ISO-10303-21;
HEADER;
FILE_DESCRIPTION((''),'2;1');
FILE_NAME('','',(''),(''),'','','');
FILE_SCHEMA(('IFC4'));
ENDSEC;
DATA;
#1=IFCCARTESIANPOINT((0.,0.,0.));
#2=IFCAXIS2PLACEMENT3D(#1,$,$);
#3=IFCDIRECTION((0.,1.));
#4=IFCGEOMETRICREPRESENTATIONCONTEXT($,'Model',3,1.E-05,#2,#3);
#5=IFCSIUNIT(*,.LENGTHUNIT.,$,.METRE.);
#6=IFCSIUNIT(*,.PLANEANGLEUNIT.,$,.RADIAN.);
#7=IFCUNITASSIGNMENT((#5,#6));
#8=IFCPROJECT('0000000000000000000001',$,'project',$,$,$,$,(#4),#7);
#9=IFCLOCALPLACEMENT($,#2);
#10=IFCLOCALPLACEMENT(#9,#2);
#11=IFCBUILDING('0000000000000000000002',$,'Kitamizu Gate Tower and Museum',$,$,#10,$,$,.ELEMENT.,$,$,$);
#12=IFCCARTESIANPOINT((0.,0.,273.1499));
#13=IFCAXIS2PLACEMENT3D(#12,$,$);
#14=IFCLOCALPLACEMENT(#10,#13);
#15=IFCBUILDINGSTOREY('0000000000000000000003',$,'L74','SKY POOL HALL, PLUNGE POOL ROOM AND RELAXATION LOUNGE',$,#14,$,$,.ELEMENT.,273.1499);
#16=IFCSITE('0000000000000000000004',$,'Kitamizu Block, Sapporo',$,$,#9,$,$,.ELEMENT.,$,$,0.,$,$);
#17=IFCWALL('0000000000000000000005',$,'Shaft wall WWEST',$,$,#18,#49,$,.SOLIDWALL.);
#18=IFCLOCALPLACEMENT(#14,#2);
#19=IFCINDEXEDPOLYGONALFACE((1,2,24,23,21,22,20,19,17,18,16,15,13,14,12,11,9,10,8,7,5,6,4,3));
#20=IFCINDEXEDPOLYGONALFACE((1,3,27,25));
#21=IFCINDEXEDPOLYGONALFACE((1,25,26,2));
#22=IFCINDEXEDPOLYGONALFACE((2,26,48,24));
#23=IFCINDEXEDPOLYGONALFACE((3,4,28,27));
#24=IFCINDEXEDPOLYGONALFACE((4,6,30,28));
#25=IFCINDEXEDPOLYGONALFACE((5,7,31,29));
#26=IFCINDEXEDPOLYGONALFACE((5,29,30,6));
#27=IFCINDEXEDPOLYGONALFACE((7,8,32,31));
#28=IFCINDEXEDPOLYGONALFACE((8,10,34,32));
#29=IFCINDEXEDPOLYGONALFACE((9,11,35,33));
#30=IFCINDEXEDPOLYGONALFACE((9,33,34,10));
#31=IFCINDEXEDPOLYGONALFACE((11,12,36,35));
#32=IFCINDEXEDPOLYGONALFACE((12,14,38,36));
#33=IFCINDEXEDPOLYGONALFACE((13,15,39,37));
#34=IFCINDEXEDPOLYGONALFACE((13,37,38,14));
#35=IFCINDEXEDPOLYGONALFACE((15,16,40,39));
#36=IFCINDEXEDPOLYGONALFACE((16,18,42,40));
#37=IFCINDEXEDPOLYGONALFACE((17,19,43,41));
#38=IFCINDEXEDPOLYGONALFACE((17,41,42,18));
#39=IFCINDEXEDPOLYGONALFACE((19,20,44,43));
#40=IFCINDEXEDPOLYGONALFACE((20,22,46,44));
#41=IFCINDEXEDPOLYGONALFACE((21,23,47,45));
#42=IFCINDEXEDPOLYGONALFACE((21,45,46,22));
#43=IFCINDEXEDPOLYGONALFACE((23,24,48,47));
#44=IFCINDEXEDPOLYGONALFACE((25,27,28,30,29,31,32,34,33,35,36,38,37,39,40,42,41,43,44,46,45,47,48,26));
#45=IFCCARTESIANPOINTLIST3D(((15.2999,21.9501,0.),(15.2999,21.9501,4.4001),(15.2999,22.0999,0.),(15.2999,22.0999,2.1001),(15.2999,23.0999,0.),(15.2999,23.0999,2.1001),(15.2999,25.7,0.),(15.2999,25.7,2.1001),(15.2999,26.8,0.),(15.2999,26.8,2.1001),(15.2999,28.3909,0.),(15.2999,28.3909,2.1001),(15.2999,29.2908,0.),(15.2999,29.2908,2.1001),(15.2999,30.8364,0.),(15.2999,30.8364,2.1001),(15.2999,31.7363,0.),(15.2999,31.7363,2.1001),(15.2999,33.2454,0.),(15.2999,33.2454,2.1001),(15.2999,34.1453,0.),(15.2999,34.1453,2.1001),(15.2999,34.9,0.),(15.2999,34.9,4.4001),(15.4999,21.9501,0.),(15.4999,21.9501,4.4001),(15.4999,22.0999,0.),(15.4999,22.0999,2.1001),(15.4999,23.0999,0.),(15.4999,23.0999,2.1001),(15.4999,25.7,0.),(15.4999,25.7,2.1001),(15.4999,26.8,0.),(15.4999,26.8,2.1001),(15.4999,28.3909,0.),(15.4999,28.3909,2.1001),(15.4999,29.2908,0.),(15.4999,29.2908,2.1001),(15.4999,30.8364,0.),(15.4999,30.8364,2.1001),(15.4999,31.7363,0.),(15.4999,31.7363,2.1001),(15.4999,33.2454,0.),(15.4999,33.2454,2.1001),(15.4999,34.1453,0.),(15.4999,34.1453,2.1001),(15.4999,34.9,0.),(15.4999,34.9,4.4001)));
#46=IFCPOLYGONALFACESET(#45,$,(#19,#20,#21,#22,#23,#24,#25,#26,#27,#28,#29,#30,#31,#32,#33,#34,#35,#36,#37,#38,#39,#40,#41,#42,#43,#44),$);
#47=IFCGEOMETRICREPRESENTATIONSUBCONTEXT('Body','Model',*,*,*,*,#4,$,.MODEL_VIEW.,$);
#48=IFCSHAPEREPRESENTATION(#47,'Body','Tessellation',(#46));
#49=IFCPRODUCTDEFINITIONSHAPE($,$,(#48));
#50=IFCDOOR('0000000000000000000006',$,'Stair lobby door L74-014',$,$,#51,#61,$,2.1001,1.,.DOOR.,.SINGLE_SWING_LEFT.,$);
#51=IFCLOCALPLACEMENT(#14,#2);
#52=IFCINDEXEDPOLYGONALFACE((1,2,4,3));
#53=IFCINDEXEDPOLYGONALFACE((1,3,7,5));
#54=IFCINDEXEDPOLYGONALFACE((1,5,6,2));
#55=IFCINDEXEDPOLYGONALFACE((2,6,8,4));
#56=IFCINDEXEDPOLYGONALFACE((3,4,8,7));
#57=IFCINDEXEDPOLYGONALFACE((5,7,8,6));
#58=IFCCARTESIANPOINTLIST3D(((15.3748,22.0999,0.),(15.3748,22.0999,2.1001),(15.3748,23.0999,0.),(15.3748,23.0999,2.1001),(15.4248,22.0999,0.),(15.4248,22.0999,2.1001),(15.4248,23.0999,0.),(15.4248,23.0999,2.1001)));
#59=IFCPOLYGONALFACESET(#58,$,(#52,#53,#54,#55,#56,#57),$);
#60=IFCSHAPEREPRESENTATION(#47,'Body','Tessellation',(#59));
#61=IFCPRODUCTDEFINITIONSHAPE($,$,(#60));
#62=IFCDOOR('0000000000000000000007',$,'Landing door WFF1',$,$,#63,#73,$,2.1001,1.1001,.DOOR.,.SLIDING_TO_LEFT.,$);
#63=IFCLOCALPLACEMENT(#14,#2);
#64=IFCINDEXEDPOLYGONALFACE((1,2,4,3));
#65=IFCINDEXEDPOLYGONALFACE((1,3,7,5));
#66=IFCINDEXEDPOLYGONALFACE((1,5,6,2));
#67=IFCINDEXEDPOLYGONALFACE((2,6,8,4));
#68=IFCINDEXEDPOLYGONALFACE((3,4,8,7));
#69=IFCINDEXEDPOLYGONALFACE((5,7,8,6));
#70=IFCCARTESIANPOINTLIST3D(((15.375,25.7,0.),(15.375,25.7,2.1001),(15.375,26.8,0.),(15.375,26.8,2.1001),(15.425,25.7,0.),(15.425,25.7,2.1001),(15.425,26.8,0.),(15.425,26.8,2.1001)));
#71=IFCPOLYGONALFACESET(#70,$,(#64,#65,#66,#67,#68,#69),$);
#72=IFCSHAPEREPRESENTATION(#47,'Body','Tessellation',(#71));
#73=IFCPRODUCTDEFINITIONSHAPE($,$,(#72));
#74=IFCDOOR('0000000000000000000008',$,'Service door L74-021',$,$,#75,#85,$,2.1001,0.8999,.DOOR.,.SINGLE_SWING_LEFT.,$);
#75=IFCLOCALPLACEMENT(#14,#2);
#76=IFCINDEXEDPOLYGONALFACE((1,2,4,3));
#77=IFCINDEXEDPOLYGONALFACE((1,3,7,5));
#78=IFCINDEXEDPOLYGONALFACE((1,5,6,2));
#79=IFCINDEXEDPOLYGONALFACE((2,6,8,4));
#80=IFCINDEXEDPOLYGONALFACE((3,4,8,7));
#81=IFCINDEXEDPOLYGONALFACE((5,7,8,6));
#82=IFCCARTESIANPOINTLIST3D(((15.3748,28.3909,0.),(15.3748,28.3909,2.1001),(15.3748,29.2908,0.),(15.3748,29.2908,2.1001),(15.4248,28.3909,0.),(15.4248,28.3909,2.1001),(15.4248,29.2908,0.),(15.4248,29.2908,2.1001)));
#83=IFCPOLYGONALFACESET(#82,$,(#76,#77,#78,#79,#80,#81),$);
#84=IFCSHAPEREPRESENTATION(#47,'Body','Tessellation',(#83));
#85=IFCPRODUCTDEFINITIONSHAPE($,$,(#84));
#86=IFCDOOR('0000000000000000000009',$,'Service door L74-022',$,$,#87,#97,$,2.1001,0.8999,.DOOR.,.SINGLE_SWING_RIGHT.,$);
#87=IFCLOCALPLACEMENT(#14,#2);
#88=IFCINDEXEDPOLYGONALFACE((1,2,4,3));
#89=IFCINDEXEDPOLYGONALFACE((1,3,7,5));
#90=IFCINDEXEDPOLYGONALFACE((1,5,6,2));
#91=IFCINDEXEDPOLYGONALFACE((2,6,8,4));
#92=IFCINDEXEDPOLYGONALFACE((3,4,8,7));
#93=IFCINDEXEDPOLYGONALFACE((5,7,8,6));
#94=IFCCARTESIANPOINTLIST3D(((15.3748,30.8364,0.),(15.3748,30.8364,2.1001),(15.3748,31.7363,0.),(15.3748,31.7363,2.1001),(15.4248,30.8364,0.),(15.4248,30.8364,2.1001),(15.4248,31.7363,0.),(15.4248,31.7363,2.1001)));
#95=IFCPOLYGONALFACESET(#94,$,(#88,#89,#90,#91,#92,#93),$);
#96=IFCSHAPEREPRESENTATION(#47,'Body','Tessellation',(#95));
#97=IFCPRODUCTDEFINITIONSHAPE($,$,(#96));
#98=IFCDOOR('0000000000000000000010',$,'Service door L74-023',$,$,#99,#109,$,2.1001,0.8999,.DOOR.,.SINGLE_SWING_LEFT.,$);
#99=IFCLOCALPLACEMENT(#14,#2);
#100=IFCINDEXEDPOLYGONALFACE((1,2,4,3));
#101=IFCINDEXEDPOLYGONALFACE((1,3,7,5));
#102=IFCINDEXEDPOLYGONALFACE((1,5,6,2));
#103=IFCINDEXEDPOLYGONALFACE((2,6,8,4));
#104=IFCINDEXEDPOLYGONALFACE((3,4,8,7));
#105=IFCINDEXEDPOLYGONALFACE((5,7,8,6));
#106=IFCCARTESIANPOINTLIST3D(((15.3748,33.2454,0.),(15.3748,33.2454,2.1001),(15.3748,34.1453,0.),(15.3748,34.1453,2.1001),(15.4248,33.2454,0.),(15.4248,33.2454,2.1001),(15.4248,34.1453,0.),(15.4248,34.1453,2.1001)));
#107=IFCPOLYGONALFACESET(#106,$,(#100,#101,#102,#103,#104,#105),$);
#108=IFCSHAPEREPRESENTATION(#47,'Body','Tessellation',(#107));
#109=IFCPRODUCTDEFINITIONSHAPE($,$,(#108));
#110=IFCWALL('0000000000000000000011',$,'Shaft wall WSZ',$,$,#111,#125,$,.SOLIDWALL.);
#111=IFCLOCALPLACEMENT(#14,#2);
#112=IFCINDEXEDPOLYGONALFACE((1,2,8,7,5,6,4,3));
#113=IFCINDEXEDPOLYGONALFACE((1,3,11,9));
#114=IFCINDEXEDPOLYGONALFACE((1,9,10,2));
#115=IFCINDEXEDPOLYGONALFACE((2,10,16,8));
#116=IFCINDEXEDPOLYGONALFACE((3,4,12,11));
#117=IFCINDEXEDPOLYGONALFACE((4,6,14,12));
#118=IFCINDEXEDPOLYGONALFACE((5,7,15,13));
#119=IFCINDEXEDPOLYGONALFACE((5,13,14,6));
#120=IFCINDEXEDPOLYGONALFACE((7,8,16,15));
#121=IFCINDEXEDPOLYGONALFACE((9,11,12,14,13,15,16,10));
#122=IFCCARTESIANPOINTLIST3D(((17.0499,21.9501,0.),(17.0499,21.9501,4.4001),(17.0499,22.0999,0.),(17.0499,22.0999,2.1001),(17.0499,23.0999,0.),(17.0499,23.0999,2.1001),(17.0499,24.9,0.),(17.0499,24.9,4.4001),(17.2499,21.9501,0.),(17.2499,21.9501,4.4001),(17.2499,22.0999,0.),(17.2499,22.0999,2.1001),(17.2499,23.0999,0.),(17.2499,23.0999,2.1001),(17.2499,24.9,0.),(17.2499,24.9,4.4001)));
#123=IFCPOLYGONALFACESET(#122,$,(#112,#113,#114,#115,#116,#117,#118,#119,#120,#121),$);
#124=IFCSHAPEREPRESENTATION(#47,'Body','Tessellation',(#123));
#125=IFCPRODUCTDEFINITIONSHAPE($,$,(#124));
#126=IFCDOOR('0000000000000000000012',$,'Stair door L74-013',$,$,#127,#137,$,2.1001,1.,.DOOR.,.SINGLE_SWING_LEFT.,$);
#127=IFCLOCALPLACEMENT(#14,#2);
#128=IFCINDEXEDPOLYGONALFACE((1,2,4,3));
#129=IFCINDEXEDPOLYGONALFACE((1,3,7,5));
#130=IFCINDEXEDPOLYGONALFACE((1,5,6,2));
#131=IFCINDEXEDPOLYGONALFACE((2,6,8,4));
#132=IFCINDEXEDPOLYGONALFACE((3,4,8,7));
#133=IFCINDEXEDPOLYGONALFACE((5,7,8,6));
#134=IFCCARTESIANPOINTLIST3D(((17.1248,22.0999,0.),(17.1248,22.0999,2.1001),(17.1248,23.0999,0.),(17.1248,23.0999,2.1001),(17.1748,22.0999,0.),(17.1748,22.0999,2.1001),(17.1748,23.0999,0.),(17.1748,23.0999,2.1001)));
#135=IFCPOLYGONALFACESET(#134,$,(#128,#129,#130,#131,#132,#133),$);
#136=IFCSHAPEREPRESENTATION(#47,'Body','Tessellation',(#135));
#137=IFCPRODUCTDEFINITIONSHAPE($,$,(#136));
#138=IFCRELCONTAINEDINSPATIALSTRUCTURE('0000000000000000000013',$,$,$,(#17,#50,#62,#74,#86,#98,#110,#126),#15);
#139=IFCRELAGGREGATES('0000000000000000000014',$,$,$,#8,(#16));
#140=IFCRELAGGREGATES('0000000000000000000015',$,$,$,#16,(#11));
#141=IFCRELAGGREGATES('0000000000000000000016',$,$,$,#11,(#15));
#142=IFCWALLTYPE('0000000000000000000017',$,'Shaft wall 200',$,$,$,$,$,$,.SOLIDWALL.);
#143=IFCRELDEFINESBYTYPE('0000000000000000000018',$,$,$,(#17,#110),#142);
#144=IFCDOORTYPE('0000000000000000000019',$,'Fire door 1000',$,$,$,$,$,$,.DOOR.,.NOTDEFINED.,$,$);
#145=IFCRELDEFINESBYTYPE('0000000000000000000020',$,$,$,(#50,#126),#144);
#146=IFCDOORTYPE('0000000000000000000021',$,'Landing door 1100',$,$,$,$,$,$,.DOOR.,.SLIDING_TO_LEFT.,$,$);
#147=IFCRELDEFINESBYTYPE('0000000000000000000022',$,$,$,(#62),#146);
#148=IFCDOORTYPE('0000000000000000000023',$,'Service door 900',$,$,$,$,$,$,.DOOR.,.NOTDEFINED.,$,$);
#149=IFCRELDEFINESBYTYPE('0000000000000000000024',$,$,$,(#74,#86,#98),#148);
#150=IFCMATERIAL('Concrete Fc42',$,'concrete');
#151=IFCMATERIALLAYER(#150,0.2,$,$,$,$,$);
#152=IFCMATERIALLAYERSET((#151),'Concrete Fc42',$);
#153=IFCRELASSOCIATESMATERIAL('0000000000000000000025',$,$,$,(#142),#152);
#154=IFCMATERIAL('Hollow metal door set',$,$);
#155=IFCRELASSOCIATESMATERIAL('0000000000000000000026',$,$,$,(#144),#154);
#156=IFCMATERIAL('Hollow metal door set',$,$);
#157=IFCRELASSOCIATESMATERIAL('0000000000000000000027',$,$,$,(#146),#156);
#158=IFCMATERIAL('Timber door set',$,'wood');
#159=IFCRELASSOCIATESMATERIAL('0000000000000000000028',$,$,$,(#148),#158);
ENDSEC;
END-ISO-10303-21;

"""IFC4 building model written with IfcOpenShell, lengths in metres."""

from ifc_helpers import new_model, si_unit, direction, frame, frame_2d, origin, place, context, subcontext, project, spatial, rectangle, extrude, material, layer, layer_set, type_object, element, fill, save


model = new_model("IFC4")

# Units and contexts
model_context = context("Model", 3, precision=1e-05, world=origin(), true_north=direction((0.0, 1.0)))
body_context = subcontext(model_context, "Body", "Model", "MODEL_VIEW")
ifc_project = project(units=[si_unit("LENGTHUNIT", "METRE"), si_unit("PLANEANGLEUNIT", "RADIAN")], contexts=[model_context])

# Site, building, storey
site_placement = place(None, origin())
site = spatial("IfcSite", under=ifc_project, at=site_placement, Name="Kitamizu Block, Sapporo", CompositionType="ELEMENT", RefElevation=0.0)
building_placement = place(site_placement, origin())
building = spatial("IfcBuilding", under=site, at=building_placement, Name="Kitamizu Gate Tower and Museum", CompositionType="ELEMENT")
storey_placement = place(building_placement, frame((0.0, 0.0, 273.1499)))
storey = spatial("IfcBuildingStorey", under=building, at=storey_placement, Name="L74", Description="SKY POOL HALL, PLUNGE POOL ROOM AND RELAXATION LOUNGE", CompositionType="ELEMENT", Elevation=273.1499)

# Wall, openings, doors
ifc_material_1 = material(Name="Concrete Fc42", Category="concrete")
ifc_layer_1 = layer(ifc_material_1, 0.2)
ifc_layer_set_1 = layer_set([ifc_layer_1], Name="Concrete Fc42")
wall_type = type_object("IfcWallType", Name="Shaft wall 200", PredefinedType="SOLIDWALL", material=ifc_layer_set_1)
wall_1_placement = place(storey_placement, frame((15.3999, 21.95, 0.0), z_axis=(0.0, 0.0, 1.0), x_axis=(0.0, 1.0, 0.0)))
wall_1 = element("IfcWall", 1, at=wall_1_placement, inside=storey, type_object=wall_type, Name="Shaft wall WWEST", PredefinedType="SOLIDWALL", context=body_context, shape_type="SweptSolid", body=[
    extrude(rectangle(XDim=12.95, YDim=0.2, at=frame_2d((6.4751, 0.0))), origin(), (0.0, 0.0, 1.0), 4.4001),
])
opening_1_placement = place(wall_1_placement, frame((3.75, 0.0, 0.0)))
opening_1 = element("IfcOpeningElement", 2, at=opening_1_placement, cuts=wall_1, PredefinedType="OPENING", context=body_context, shape_type="SweptSolid", body=[
    extrude(rectangle(XDim=1.1001, YDim=2.1001, at=frame_2d((0.55, 1.05))), frame((0.0, 0.1099, 0.0), z_axis=(0.0, -1.0, 0.0), x_axis=(1.0, 0.0, 0.0)), (0.0, 0.0, 1.0), 0.22),
])
opening_2_placement = place(wall_1_placement, frame((0.1499, 0.0, 0.0)))
opening_2 = element("IfcOpeningElement", 3, at=opening_2_placement, cuts=wall_1, PredefinedType="OPENING", context=body_context, shape_type="SweptSolid", body=[
    extrude(rectangle(XDim=1.0, YDim=2.1001, at=frame_2d((0.5, 1.05))), frame((0.0, 0.1099, 0.0), z_axis=(0.0, -1.0, 0.0), x_axis=(1.0, 0.0, 0.0)), (0.0, 0.0, 1.0), 0.22),
])
opening_3_placement = place(wall_1_placement, frame((6.4409, 0.0, 0.0)))
opening_3 = element("IfcOpeningElement", 4, at=opening_3_placement, cuts=wall_1, PredefinedType="OPENING", context=body_context, shape_type="SweptSolid", body=[
    extrude(rectangle(XDim=0.8999, YDim=2.1001, at=frame_2d((0.45, 1.05))), frame((0.0, 0.1099, 0.0), z_axis=(0.0, -1.0, 0.0), x_axis=(1.0, 0.0, 0.0)), (0.0, 0.0, 1.0), 0.22),
])
opening_4_placement = place(wall_1_placement, frame((8.8865, 0.0, 0.0)))
opening_4 = element("IfcOpeningElement", 5, at=opening_4_placement, cuts=wall_1, PredefinedType="OPENING", context=body_context, shape_type="SweptSolid", body=[
    extrude(rectangle(XDim=0.8999, YDim=2.1001, at=frame_2d((0.45, 1.05))), frame((0.0, 0.1099, 0.0), z_axis=(0.0, -1.0, 0.0), x_axis=(1.0, 0.0, 0.0)), (0.0, 0.0, 1.0), 0.22),
])
opening_5_placement = place(wall_1_placement, frame((11.2954, 0.0, 0.0)))
opening_5 = element("IfcOpeningElement", 6, at=opening_5_placement, cuts=wall_1, PredefinedType="OPENING", context=body_context, shape_type="SweptSolid", body=[
    extrude(rectangle(XDim=0.8999, YDim=2.1001, at=frame_2d((0.45, 1.05))), frame((0.0, 0.1099, 0.0), z_axis=(0.0, -1.0, 0.0), x_axis=(1.0, 0.0, 0.0)), (0.0, 0.0, 1.0), 0.22),
])
ifc_material_2 = material(Name="Hollow metal door set")
door_type_1 = type_object("IfcDoorType", Name="Fire door 1000", OperationType="NOTDEFINED", PredefinedType="DOOR", material=ifc_material_2)
door_1_placement = place(opening_2_placement, frame((1.0, 0.0, 0.0), x_axis=(-1.0, 0.0, 0.0)))
door_1 = element("IfcDoor", 7, at=door_1_placement, inside=storey, type_object=door_type_1, Name="Stair lobby door L74-014", OperationType="SINGLE_SWING_LEFT", OverallHeight=2.1001, OverallWidth=1.0, PredefinedType="DOOR", context=body_context, shape_type="SweptSolid", body=[
    extrude(rectangle(XDim=1.0, YDim=2.1001, at=frame_2d((0.5, 1.05))), frame((0.0, 0.0249, 0.0), z_axis=(0.0, -1.0, 0.0), x_axis=(1.0, 0.0, 0.0)), (0.0, 0.0, 1.0), 0.05),
])
fill(opening_2, door_1)
ifc_material_3 = material(Name="Hollow metal door set")
door_type_2 = type_object("IfcDoorType", Name="Landing door 1100", OperationType="SLIDING_TO_LEFT", PredefinedType="DOOR", material=ifc_material_3)
door_2_placement = place(opening_1_placement, origin())
door_2 = element("IfcDoor", 8, at=door_2_placement, inside=storey, type_object=door_type_2, Name="Landing door WFF1", OperationType="SLIDING_TO_LEFT", OverallHeight=2.1001, OverallWidth=1.1001, PredefinedType="DOOR", context=body_context, shape_type="SweptSolid", body=[
    extrude(rectangle(XDim=1.1001, YDim=2.1001, at=frame_2d((0.55, 1.05))), frame((0.0, 0.0249, 0.0), z_axis=(0.0, -1.0, 0.0), x_axis=(1.0, 0.0, 0.0)), (0.0, 0.0, 1.0), 0.05),
])
fill(opening_1, door_2)
ifc_material_4 = material(Name="Timber door set", Category="wood")
door_type_3 = type_object("IfcDoorType", Name="Service door 900", OperationType="NOTDEFINED", PredefinedType="DOOR", material=ifc_material_4)
door_3_placement = place(opening_3_placement, frame((0.8999, 0.0, 0.0), x_axis=(-1.0, 0.0, 0.0)))
door_3 = element("IfcDoor", 9, at=door_3_placement, inside=storey, type_object=door_type_3, Name="Service door L74-021", OperationType="SINGLE_SWING_LEFT", OverallHeight=2.1001, OverallWidth=0.8999, PredefinedType="DOOR", context=body_context, shape_type="SweptSolid", body=[
    extrude(rectangle(XDim=0.8999, YDim=2.1001, at=frame_2d((0.45, 1.05))), frame((0.0, 0.0249, 0.0), z_axis=(0.0, -1.0, 0.0), x_axis=(1.0, 0.0, 0.0)), (0.0, 0.0, 1.0), 0.05),
])
fill(opening_3, door_3)
door_4_placement = place(opening_4_placement, frame((0.8999, 0.0, 0.0), x_axis=(-1.0, 0.0, 0.0)))
door_4 = element("IfcDoor", 10, at=door_4_placement, inside=storey, type_object=door_type_3, Name="Service door L74-022", OperationType="SINGLE_SWING_RIGHT", OverallHeight=2.1001, OverallWidth=0.8999, PredefinedType="DOOR", context=body_context, shape_type="SweptSolid", body=[
    extrude(rectangle(XDim=0.8999, YDim=2.1001, at=frame_2d((0.45, 1.05))), frame((0.0, 0.0249, 0.0), z_axis=(0.0, -1.0, 0.0), x_axis=(1.0, 0.0, 0.0)), (0.0, 0.0, 1.0), 0.05),
])
fill(opening_4, door_4)
door_5_placement = place(opening_5_placement, frame((0.8999, 0.0, 0.0), x_axis=(-1.0, 0.0, 0.0)))
door_5 = element("IfcDoor", 11, at=door_5_placement, inside=storey, type_object=door_type_3, Name="Service door L74-023", OperationType="SINGLE_SWING_LEFT", OverallHeight=2.1001, OverallWidth=0.8999, PredefinedType="DOOR", context=body_context, shape_type="SweptSolid", body=[
    extrude(rectangle(XDim=0.8999, YDim=2.1001, at=frame_2d((0.45, 1.05))), frame((0.0, 0.0249, 0.0), z_axis=(0.0, -1.0, 0.0), x_axis=(1.0, 0.0, 0.0)), (0.0, 0.0, 1.0), 0.05),
])
fill(opening_5, door_5)

# Wall, opening, door
wall_2_placement = place(storey_placement, frame((17.1499, 21.95, 0.0), z_axis=(0.0, 0.0, 1.0), x_axis=(0.0, 1.0, 0.0)))
wall_2 = element("IfcWall", 12, at=wall_2_placement, inside=storey, type_object=wall_type, Name="Shaft wall WSZ", PredefinedType="SOLIDWALL", context=body_context, shape_type="SweptSolid", body=[
    extrude(rectangle(XDim=2.95, YDim=0.2, at=frame_2d((1.4751, 0.0))), origin(), (0.0, 0.0, 1.0), 4.4001),
])
opening_6_placement = place(wall_2_placement, frame((0.1499, 0.0, 0.0)))
opening_6 = element("IfcOpeningElement", 13, at=opening_6_placement, cuts=wall_2, PredefinedType="OPENING", context=body_context, shape_type="SweptSolid", body=[
    extrude(rectangle(XDim=1.0, YDim=2.1001, at=frame_2d((0.5, 1.05))), frame((0.0, 0.1099, 0.0), z_axis=(0.0, -1.0, 0.0), x_axis=(1.0, 0.0, 0.0)), (0.0, 0.0, 1.0), 0.22),
])
door_6_placement = place(opening_6_placement, frame((1.0, 0.0, 0.0), x_axis=(-1.0, 0.0, 0.0)))
door_6 = element("IfcDoor", 14, at=door_6_placement, inside=storey, type_object=door_type_1, Name="Stair door L74-013", OperationType="SINGLE_SWING_LEFT", OverallHeight=2.1001, OverallWidth=1.0, PredefinedType="DOOR", context=body_context, shape_type="SweptSolid", body=[
    extrude(rectangle(XDim=1.0, YDim=2.1001, at=frame_2d((0.5, 1.05))), frame((0.0, 0.0249, 0.0), z_axis=(0.0, -1.0, 0.0), x_axis=(1.0, 0.0, 0.0)), (0.0, 0.0, 1.0), 0.05),
])
fill(opening_6, door_6)

save(model, "model.ifc")
